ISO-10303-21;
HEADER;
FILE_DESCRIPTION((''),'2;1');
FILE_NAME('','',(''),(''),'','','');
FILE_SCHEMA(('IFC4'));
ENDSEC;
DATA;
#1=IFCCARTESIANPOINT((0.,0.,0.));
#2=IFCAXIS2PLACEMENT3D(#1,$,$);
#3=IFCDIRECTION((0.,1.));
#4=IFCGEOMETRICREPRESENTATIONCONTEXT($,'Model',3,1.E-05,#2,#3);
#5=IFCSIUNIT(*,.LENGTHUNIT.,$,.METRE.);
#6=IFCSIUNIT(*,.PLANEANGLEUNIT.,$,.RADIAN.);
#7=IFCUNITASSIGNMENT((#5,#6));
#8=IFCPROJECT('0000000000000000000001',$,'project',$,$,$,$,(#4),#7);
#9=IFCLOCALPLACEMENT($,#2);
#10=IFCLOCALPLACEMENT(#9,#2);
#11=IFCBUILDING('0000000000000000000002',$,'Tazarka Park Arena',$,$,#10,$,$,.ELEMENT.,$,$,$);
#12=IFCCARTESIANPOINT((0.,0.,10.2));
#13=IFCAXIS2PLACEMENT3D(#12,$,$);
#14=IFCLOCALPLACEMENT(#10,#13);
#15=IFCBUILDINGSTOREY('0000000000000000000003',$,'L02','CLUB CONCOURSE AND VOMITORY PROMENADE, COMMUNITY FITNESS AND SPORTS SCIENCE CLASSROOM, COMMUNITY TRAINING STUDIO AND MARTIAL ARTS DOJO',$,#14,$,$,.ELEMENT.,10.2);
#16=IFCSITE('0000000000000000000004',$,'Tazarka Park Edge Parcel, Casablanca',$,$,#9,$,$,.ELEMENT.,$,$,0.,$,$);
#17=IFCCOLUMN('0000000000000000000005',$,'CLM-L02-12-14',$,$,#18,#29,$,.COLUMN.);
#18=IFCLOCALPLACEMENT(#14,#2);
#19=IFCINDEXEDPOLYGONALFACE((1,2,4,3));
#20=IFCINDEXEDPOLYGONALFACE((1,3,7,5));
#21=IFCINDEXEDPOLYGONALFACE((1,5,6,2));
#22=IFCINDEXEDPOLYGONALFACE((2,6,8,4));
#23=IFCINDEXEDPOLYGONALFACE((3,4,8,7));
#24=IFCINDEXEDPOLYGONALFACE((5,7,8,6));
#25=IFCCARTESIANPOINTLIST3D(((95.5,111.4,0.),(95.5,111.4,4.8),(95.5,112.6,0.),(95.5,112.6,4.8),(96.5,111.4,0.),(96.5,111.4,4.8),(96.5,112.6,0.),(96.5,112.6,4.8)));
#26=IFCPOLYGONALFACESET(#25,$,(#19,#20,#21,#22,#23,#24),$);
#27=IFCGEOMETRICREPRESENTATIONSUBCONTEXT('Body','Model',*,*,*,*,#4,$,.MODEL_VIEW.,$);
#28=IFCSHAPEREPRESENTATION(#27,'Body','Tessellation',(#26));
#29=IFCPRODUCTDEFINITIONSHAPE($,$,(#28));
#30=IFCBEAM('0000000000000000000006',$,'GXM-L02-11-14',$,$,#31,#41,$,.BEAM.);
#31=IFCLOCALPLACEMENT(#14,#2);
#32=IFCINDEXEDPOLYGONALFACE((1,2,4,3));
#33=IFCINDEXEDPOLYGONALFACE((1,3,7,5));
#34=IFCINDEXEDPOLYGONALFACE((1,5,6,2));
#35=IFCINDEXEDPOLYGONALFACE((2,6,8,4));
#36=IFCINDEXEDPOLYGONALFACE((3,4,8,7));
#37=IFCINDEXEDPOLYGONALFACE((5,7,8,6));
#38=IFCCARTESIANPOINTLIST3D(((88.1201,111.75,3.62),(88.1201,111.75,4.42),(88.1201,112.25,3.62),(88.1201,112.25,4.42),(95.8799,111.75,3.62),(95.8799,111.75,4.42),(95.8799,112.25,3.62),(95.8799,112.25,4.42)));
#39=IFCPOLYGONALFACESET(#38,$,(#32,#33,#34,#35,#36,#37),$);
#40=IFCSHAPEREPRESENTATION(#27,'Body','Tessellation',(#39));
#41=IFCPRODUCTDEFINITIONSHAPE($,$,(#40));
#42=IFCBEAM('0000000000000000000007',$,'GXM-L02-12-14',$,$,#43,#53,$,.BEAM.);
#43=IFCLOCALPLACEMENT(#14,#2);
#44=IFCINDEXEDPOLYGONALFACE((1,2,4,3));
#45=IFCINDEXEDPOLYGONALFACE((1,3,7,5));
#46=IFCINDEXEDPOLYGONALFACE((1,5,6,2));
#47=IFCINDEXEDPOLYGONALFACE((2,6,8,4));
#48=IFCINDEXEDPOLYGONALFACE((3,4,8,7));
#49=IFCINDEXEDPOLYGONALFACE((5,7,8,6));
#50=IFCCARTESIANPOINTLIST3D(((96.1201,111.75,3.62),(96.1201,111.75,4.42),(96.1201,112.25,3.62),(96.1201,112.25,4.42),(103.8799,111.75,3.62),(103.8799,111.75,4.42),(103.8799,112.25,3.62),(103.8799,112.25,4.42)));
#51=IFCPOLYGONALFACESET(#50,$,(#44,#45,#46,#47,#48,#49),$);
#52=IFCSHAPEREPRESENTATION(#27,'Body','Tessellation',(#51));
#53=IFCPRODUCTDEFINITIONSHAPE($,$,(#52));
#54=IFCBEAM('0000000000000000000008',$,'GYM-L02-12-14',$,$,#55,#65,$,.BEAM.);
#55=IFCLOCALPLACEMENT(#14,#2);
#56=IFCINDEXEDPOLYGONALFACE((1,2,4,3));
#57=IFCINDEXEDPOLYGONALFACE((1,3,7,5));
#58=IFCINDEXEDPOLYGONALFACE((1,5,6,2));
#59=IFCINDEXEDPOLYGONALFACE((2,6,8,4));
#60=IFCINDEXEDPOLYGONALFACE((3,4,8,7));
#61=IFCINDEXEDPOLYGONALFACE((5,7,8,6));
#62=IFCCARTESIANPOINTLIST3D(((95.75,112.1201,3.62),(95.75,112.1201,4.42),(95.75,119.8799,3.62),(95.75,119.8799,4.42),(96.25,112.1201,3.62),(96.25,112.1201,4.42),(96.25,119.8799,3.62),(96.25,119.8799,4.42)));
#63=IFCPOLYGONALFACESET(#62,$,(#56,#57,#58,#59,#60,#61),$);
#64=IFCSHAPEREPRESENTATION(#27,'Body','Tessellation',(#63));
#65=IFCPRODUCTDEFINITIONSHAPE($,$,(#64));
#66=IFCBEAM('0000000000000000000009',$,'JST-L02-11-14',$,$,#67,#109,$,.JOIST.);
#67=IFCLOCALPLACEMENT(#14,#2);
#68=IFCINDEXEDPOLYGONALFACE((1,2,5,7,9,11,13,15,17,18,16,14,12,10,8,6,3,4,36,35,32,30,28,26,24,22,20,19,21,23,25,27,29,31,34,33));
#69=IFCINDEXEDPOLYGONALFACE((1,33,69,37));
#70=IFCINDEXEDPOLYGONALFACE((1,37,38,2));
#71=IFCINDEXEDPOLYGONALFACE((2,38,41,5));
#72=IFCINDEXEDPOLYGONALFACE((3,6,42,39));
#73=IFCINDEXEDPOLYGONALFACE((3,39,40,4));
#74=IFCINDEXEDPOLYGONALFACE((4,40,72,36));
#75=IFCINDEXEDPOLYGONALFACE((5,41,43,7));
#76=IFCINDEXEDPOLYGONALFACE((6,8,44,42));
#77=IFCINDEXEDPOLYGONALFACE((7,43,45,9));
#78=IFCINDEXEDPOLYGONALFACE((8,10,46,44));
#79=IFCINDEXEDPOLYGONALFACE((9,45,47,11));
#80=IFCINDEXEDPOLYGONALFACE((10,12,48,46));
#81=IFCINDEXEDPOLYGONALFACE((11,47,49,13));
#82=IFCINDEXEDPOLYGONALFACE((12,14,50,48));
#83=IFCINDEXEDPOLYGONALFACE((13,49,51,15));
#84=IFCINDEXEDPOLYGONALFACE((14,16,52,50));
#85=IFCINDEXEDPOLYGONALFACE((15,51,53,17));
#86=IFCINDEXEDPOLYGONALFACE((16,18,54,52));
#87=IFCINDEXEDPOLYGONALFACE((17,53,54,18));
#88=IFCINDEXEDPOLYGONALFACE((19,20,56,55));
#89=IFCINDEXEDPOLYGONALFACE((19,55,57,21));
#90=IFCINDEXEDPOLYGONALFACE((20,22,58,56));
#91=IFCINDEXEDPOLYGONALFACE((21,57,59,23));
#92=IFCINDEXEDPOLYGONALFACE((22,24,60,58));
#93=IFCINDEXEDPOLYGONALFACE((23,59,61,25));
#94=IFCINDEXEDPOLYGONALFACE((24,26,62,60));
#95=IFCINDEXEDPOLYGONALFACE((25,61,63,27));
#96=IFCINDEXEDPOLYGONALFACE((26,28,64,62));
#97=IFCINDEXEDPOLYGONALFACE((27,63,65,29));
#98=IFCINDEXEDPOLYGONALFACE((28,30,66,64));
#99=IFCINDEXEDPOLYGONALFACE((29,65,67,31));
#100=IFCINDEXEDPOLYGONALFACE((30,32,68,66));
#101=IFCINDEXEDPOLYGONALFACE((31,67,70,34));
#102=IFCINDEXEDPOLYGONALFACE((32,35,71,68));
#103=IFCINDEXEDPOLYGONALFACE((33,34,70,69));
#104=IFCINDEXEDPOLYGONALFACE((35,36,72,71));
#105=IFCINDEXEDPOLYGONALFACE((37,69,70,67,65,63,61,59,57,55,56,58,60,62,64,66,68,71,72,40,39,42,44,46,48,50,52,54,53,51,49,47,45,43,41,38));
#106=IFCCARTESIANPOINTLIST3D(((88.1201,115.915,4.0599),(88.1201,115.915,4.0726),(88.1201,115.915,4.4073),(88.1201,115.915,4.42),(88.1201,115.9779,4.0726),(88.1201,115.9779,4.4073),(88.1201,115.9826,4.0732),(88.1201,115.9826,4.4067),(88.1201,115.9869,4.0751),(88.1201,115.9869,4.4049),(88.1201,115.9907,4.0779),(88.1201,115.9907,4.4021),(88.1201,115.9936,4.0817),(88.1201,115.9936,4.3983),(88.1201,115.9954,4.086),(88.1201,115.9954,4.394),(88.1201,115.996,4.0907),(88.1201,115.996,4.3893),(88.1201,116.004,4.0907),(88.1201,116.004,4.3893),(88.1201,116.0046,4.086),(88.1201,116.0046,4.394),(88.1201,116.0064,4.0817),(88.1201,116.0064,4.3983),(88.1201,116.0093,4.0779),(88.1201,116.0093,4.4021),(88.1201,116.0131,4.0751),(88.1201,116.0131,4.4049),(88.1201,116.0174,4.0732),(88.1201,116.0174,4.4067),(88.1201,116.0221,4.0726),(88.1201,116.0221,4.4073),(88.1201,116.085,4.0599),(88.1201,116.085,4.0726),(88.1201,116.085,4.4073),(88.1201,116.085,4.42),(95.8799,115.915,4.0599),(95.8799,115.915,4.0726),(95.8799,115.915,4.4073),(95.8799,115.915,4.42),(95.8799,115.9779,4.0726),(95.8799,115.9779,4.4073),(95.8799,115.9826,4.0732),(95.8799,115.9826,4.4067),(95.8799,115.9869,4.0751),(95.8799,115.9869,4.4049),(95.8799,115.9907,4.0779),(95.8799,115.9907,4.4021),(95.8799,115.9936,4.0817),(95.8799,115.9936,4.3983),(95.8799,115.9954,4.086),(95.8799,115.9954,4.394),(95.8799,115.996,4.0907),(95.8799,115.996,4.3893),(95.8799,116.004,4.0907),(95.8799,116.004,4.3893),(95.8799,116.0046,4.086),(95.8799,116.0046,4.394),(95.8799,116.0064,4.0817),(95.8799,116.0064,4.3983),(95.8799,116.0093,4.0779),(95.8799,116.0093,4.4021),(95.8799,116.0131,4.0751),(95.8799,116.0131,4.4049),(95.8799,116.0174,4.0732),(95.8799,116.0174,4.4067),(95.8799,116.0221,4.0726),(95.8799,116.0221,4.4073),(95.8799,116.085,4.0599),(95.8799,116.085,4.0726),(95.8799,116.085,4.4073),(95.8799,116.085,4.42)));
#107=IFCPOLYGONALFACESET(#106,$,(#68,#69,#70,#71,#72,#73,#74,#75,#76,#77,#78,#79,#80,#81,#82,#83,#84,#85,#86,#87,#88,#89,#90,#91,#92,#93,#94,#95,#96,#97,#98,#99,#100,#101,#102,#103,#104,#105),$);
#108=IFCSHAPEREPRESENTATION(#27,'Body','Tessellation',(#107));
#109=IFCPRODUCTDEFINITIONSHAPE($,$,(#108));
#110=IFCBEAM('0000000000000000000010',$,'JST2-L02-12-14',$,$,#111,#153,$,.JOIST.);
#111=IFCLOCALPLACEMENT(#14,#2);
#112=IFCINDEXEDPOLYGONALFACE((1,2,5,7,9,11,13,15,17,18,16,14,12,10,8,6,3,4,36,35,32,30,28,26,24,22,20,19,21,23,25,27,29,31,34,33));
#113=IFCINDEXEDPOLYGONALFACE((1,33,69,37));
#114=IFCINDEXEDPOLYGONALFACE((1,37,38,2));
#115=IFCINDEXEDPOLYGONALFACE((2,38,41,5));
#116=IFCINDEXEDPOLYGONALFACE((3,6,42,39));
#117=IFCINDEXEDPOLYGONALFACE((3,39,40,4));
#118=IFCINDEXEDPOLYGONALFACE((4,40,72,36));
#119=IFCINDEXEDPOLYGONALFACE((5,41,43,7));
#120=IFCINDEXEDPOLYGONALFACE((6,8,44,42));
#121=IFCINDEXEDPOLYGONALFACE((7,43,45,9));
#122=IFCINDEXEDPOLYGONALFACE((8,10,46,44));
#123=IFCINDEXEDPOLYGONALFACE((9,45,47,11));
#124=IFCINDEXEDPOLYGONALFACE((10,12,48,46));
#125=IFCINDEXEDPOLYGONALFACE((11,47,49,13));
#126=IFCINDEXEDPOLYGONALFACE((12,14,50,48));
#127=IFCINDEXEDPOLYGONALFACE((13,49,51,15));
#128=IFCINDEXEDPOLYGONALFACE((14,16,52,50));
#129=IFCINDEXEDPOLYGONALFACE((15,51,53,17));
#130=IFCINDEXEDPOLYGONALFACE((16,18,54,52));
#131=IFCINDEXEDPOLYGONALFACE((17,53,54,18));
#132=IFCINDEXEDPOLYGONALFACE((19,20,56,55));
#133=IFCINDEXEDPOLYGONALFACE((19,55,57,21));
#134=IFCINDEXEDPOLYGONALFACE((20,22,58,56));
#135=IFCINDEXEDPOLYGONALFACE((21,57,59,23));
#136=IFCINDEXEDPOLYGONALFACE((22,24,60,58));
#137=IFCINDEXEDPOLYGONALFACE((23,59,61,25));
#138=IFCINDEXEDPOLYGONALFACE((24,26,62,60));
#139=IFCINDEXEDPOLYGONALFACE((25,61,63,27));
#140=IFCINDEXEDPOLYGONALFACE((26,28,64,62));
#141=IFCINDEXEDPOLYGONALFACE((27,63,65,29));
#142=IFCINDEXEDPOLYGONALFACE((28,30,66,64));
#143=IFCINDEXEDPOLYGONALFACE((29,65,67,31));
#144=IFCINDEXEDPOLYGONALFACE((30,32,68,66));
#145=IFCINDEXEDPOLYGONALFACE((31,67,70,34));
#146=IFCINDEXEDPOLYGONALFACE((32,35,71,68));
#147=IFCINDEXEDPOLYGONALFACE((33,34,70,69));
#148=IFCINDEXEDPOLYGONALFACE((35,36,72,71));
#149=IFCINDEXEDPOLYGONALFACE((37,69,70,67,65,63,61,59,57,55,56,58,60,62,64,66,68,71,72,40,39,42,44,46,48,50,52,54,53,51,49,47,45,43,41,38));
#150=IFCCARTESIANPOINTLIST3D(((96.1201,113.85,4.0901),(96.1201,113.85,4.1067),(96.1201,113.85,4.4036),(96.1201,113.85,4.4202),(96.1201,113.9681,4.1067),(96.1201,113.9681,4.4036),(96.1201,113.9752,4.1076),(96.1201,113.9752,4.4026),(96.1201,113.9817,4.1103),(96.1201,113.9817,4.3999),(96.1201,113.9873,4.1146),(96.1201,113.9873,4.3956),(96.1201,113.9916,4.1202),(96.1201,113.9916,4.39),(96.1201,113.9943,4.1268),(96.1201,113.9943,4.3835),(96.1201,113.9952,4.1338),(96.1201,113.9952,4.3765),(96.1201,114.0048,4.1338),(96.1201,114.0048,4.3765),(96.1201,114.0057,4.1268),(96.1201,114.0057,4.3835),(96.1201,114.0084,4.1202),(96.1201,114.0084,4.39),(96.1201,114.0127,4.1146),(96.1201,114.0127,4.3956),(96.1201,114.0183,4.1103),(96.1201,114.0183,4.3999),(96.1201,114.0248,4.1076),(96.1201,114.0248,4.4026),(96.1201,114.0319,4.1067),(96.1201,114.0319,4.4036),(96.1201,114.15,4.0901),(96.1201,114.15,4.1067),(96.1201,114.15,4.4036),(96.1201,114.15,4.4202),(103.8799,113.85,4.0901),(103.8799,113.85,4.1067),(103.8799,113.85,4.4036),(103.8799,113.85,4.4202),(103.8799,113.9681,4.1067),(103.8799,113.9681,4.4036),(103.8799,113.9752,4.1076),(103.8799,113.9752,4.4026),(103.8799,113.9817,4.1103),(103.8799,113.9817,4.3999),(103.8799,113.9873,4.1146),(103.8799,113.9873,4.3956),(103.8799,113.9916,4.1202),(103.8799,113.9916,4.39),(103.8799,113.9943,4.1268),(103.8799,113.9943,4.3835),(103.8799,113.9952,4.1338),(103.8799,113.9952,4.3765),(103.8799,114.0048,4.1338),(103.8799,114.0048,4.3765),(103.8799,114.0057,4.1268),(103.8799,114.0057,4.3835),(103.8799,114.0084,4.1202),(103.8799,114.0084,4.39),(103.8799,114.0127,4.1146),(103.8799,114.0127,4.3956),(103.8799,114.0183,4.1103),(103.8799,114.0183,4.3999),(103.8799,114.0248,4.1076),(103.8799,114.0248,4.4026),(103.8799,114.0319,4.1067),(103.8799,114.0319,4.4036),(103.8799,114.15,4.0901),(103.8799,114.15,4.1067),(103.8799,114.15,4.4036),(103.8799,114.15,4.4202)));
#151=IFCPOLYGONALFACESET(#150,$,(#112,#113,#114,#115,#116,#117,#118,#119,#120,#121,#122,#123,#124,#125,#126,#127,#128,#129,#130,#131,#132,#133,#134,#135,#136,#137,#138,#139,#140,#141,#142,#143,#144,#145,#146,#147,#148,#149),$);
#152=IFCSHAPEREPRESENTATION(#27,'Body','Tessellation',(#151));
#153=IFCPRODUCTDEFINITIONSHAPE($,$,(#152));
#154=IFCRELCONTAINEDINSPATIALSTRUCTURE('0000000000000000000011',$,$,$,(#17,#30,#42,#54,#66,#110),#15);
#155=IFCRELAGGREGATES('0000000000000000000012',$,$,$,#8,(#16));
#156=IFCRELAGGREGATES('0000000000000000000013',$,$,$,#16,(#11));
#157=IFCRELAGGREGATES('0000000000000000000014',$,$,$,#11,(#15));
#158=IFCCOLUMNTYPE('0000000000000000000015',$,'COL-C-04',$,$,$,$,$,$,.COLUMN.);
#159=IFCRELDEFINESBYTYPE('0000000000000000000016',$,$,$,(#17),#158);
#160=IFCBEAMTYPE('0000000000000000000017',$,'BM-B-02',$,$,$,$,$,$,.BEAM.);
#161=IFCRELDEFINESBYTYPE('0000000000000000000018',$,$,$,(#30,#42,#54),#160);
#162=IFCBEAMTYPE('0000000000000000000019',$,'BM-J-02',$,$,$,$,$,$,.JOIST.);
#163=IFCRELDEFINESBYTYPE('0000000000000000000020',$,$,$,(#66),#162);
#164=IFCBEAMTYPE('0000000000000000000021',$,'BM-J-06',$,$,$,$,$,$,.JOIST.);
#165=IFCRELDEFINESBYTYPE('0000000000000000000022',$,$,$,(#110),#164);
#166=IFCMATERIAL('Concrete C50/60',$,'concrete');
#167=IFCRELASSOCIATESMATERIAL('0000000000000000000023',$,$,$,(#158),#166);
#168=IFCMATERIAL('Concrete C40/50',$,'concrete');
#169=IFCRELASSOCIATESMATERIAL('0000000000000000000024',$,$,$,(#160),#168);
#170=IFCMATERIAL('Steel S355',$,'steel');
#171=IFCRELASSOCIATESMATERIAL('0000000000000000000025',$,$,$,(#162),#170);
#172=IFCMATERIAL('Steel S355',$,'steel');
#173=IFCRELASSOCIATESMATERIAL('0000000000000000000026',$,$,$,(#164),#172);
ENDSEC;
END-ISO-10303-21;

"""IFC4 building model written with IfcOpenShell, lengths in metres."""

from ifc_helpers import new_model, si_unit, direction, frame, origin, origin_2d, place, context, subcontext, project, spatial, rectangle, i_section, extrude, material, material_profile, profile_set, type_object, element, save


model = new_model("IFC4")

# Units and contexts
model_context = context("Model", 3, precision=1e-05, world=origin(), true_north=direction((0.0, 1.0)))
body_context = subcontext(model_context, "Body", "Model", "MODEL_VIEW")
ifc_project = project(units=[si_unit("LENGTHUNIT", "METRE"), si_unit("PLANEANGLEUNIT", "RADIAN")], contexts=[model_context])

# Site, building, storey
site_placement = place(None, origin())
site = spatial("IfcSite", under=ifc_project, at=site_placement, Name="Tazarka Park Edge Parcel, Casablanca", CompositionType="ELEMENT", RefElevation=0.0)
building_placement = place(site_placement, origin())
building = spatial("IfcBuilding", under=site, at=building_placement, Name="Tazarka Park Arena", CompositionType="ELEMENT")
storey_placement = place(building_placement, frame((0.0, 0.0, 10.2)))
storey = spatial("IfcBuildingStorey", under=building, at=storey_placement, Name="L02", Description="CLUB CONCOURSE AND VOMITORY PROMENADE, COMMUNITY FITNESS AND SPORTS SCIENCE CLASSROOM, COMMUNITY TRAINING STUDIO AND MARTIAL ARTS DOJO", CompositionType="ELEMENT", Elevation=10.2)

# Column
ifc_material_1 = material(Name="Concrete C50/60", Category="concrete")
ifc_material_profile_1 = material_profile(ifc_material_1, rectangle(XDim=1.0, YDim=1.2, at=origin_2d()), Name="Concrete C50/60")
ifc_profile_set_1 = profile_set([ifc_material_profile_1], Name="Concrete C50/60")
column_type = type_object("IfcColumnType", Name="COL-C-04", PredefinedType="COLUMN", material=ifc_profile_set_1)
column_placement = place(storey_placement, frame((96.0, 112.0, 0.0), z_axis=(0.0, 0.0, 1.0), x_axis=(1.0, 0.0, 0.0)))
element("IfcColumn", 1, at=column_placement, inside=storey, type_object=column_type, Name="CLM-L02-12-14", PredefinedType="COLUMN", context=body_context, shape_type="SweptSolid", body=[
    extrude(rectangle(XDim=1.0, YDim=1.2, at=origin_2d()), origin(), (0.0, 0.0, 1.0), 4.8),
])

# Beams
ifc_material_2 = material(Name="Concrete C40/50", Category="concrete")
ifc_material_profile_2 = material_profile(ifc_material_2, rectangle(XDim=0.5, YDim=0.8, at=origin_2d()), Name="Concrete C40/50")
ifc_profile_set_2 = profile_set([ifc_material_profile_2], Name="Concrete C40/50")
beam_type_1 = type_object("IfcBeamType", Name="BM-B-02", PredefinedType="BEAM", material=ifc_profile_set_2)
for number, where, z_axis, x_axis, name in (
    (2, (88.1201, 112.0, 4.02), (1.0, 0.0, 0.0), (0.0, 1.0, 0.0), "GXM-L02-11-14"),
    (3, (96.1201, 112.0, 4.02), (1.0, 0.0, 0.0), (0.0, 1.0, 0.0), "GXM-L02-12-14"),
    (4, (96.0, 112.1201, 4.02), (0.0, 1.0, 0.0), (-1.0, 0.0, 0.0), "GYM-L02-12-14"),
):
    element("IfcBeam", number, at=place(storey_placement, frame(where, z_axis=z_axis, x_axis=x_axis)), inside=storey, type_object=beam_type_1, Name=name, PredefinedType="BEAM", context=body_context, shape_type="SweptSolid", body=[
        extrude(rectangle(XDim=0.5, YDim=0.8, at=origin_2d()), origin(), (0.0, 0.0, 1.0), 7.7598),
    ])
ifc_material_3 = material(Name="Steel S355", Category="steel")
ifc_material_profile_3 = material_profile(ifc_material_3, i_section(OverallWidth=0.1699, OverallDepth=0.3601, WebThickness=0.0081, FlangeThickness=0.0127, FilletRadius=0.0181, at=origin_2d()), Name="Steel S355")
ifc_profile_set_3 = profile_set([ifc_material_profile_3], Name="Steel S355")
beam_type_2 = type_object("IfcBeamType", Name="BM-J-02", PredefinedType="JOIST", material=ifc_profile_set_3)
beam_1_placement = place(storey_placement, frame((88.1201, 116.0, 4.24), z_axis=(1.0, 0.0, 0.0), x_axis=(0.0, 1.0, 0.0)))
element("IfcBeam", 5, at=beam_1_placement, inside=storey, type_object=beam_type_2, Name="JST-L02-11-14", PredefinedType="JOIST", context=body_context, shape_type="SweptSolid", body=[
    extrude(i_section(OverallWidth=0.1699, OverallDepth=0.3601, WebThickness=0.0081, FlangeThickness=0.0127, FilletRadius=0.0181, at=origin_2d()), origin(), (0.0, 0.0, 1.0), 7.7598),
])
ifc_material_4 = material(Name="Steel S355", Category="steel")
ifc_material_profile_4 = material_profile(ifc_material_4, i_section(OverallWidth=0.3, OverallDepth=0.3301, WebThickness=0.0095, FlangeThickness=0.0166, FilletRadius=0.0271, at=origin_2d()), Name="Steel S355")
ifc_profile_set_4 = profile_set([ifc_material_profile_4], Name="Steel S355")
beam_type_3 = type_object("IfcBeamType", Name="BM-J-06", PredefinedType="JOIST", material=ifc_profile_set_4)
beam_2_placement = place(storey_placement, frame((96.1201, 114.0, 4.2551), z_axis=(1.0, 0.0, 0.0), x_axis=(0.0, 1.0, 0.0)))
element("IfcBeam", 6, at=beam_2_placement, inside=storey, type_object=beam_type_3, Name="JST2-L02-12-14", PredefinedType="JOIST", context=body_context, shape_type="SweptSolid", body=[
    extrude(i_section(OverallWidth=0.3, OverallDepth=0.3301, WebThickness=0.0095, FlangeThickness=0.0166, FilletRadius=0.0271, at=origin_2d()), origin(), (0.0, 0.0, 1.0), 7.7598),
])

save(model, "model.ifc")
